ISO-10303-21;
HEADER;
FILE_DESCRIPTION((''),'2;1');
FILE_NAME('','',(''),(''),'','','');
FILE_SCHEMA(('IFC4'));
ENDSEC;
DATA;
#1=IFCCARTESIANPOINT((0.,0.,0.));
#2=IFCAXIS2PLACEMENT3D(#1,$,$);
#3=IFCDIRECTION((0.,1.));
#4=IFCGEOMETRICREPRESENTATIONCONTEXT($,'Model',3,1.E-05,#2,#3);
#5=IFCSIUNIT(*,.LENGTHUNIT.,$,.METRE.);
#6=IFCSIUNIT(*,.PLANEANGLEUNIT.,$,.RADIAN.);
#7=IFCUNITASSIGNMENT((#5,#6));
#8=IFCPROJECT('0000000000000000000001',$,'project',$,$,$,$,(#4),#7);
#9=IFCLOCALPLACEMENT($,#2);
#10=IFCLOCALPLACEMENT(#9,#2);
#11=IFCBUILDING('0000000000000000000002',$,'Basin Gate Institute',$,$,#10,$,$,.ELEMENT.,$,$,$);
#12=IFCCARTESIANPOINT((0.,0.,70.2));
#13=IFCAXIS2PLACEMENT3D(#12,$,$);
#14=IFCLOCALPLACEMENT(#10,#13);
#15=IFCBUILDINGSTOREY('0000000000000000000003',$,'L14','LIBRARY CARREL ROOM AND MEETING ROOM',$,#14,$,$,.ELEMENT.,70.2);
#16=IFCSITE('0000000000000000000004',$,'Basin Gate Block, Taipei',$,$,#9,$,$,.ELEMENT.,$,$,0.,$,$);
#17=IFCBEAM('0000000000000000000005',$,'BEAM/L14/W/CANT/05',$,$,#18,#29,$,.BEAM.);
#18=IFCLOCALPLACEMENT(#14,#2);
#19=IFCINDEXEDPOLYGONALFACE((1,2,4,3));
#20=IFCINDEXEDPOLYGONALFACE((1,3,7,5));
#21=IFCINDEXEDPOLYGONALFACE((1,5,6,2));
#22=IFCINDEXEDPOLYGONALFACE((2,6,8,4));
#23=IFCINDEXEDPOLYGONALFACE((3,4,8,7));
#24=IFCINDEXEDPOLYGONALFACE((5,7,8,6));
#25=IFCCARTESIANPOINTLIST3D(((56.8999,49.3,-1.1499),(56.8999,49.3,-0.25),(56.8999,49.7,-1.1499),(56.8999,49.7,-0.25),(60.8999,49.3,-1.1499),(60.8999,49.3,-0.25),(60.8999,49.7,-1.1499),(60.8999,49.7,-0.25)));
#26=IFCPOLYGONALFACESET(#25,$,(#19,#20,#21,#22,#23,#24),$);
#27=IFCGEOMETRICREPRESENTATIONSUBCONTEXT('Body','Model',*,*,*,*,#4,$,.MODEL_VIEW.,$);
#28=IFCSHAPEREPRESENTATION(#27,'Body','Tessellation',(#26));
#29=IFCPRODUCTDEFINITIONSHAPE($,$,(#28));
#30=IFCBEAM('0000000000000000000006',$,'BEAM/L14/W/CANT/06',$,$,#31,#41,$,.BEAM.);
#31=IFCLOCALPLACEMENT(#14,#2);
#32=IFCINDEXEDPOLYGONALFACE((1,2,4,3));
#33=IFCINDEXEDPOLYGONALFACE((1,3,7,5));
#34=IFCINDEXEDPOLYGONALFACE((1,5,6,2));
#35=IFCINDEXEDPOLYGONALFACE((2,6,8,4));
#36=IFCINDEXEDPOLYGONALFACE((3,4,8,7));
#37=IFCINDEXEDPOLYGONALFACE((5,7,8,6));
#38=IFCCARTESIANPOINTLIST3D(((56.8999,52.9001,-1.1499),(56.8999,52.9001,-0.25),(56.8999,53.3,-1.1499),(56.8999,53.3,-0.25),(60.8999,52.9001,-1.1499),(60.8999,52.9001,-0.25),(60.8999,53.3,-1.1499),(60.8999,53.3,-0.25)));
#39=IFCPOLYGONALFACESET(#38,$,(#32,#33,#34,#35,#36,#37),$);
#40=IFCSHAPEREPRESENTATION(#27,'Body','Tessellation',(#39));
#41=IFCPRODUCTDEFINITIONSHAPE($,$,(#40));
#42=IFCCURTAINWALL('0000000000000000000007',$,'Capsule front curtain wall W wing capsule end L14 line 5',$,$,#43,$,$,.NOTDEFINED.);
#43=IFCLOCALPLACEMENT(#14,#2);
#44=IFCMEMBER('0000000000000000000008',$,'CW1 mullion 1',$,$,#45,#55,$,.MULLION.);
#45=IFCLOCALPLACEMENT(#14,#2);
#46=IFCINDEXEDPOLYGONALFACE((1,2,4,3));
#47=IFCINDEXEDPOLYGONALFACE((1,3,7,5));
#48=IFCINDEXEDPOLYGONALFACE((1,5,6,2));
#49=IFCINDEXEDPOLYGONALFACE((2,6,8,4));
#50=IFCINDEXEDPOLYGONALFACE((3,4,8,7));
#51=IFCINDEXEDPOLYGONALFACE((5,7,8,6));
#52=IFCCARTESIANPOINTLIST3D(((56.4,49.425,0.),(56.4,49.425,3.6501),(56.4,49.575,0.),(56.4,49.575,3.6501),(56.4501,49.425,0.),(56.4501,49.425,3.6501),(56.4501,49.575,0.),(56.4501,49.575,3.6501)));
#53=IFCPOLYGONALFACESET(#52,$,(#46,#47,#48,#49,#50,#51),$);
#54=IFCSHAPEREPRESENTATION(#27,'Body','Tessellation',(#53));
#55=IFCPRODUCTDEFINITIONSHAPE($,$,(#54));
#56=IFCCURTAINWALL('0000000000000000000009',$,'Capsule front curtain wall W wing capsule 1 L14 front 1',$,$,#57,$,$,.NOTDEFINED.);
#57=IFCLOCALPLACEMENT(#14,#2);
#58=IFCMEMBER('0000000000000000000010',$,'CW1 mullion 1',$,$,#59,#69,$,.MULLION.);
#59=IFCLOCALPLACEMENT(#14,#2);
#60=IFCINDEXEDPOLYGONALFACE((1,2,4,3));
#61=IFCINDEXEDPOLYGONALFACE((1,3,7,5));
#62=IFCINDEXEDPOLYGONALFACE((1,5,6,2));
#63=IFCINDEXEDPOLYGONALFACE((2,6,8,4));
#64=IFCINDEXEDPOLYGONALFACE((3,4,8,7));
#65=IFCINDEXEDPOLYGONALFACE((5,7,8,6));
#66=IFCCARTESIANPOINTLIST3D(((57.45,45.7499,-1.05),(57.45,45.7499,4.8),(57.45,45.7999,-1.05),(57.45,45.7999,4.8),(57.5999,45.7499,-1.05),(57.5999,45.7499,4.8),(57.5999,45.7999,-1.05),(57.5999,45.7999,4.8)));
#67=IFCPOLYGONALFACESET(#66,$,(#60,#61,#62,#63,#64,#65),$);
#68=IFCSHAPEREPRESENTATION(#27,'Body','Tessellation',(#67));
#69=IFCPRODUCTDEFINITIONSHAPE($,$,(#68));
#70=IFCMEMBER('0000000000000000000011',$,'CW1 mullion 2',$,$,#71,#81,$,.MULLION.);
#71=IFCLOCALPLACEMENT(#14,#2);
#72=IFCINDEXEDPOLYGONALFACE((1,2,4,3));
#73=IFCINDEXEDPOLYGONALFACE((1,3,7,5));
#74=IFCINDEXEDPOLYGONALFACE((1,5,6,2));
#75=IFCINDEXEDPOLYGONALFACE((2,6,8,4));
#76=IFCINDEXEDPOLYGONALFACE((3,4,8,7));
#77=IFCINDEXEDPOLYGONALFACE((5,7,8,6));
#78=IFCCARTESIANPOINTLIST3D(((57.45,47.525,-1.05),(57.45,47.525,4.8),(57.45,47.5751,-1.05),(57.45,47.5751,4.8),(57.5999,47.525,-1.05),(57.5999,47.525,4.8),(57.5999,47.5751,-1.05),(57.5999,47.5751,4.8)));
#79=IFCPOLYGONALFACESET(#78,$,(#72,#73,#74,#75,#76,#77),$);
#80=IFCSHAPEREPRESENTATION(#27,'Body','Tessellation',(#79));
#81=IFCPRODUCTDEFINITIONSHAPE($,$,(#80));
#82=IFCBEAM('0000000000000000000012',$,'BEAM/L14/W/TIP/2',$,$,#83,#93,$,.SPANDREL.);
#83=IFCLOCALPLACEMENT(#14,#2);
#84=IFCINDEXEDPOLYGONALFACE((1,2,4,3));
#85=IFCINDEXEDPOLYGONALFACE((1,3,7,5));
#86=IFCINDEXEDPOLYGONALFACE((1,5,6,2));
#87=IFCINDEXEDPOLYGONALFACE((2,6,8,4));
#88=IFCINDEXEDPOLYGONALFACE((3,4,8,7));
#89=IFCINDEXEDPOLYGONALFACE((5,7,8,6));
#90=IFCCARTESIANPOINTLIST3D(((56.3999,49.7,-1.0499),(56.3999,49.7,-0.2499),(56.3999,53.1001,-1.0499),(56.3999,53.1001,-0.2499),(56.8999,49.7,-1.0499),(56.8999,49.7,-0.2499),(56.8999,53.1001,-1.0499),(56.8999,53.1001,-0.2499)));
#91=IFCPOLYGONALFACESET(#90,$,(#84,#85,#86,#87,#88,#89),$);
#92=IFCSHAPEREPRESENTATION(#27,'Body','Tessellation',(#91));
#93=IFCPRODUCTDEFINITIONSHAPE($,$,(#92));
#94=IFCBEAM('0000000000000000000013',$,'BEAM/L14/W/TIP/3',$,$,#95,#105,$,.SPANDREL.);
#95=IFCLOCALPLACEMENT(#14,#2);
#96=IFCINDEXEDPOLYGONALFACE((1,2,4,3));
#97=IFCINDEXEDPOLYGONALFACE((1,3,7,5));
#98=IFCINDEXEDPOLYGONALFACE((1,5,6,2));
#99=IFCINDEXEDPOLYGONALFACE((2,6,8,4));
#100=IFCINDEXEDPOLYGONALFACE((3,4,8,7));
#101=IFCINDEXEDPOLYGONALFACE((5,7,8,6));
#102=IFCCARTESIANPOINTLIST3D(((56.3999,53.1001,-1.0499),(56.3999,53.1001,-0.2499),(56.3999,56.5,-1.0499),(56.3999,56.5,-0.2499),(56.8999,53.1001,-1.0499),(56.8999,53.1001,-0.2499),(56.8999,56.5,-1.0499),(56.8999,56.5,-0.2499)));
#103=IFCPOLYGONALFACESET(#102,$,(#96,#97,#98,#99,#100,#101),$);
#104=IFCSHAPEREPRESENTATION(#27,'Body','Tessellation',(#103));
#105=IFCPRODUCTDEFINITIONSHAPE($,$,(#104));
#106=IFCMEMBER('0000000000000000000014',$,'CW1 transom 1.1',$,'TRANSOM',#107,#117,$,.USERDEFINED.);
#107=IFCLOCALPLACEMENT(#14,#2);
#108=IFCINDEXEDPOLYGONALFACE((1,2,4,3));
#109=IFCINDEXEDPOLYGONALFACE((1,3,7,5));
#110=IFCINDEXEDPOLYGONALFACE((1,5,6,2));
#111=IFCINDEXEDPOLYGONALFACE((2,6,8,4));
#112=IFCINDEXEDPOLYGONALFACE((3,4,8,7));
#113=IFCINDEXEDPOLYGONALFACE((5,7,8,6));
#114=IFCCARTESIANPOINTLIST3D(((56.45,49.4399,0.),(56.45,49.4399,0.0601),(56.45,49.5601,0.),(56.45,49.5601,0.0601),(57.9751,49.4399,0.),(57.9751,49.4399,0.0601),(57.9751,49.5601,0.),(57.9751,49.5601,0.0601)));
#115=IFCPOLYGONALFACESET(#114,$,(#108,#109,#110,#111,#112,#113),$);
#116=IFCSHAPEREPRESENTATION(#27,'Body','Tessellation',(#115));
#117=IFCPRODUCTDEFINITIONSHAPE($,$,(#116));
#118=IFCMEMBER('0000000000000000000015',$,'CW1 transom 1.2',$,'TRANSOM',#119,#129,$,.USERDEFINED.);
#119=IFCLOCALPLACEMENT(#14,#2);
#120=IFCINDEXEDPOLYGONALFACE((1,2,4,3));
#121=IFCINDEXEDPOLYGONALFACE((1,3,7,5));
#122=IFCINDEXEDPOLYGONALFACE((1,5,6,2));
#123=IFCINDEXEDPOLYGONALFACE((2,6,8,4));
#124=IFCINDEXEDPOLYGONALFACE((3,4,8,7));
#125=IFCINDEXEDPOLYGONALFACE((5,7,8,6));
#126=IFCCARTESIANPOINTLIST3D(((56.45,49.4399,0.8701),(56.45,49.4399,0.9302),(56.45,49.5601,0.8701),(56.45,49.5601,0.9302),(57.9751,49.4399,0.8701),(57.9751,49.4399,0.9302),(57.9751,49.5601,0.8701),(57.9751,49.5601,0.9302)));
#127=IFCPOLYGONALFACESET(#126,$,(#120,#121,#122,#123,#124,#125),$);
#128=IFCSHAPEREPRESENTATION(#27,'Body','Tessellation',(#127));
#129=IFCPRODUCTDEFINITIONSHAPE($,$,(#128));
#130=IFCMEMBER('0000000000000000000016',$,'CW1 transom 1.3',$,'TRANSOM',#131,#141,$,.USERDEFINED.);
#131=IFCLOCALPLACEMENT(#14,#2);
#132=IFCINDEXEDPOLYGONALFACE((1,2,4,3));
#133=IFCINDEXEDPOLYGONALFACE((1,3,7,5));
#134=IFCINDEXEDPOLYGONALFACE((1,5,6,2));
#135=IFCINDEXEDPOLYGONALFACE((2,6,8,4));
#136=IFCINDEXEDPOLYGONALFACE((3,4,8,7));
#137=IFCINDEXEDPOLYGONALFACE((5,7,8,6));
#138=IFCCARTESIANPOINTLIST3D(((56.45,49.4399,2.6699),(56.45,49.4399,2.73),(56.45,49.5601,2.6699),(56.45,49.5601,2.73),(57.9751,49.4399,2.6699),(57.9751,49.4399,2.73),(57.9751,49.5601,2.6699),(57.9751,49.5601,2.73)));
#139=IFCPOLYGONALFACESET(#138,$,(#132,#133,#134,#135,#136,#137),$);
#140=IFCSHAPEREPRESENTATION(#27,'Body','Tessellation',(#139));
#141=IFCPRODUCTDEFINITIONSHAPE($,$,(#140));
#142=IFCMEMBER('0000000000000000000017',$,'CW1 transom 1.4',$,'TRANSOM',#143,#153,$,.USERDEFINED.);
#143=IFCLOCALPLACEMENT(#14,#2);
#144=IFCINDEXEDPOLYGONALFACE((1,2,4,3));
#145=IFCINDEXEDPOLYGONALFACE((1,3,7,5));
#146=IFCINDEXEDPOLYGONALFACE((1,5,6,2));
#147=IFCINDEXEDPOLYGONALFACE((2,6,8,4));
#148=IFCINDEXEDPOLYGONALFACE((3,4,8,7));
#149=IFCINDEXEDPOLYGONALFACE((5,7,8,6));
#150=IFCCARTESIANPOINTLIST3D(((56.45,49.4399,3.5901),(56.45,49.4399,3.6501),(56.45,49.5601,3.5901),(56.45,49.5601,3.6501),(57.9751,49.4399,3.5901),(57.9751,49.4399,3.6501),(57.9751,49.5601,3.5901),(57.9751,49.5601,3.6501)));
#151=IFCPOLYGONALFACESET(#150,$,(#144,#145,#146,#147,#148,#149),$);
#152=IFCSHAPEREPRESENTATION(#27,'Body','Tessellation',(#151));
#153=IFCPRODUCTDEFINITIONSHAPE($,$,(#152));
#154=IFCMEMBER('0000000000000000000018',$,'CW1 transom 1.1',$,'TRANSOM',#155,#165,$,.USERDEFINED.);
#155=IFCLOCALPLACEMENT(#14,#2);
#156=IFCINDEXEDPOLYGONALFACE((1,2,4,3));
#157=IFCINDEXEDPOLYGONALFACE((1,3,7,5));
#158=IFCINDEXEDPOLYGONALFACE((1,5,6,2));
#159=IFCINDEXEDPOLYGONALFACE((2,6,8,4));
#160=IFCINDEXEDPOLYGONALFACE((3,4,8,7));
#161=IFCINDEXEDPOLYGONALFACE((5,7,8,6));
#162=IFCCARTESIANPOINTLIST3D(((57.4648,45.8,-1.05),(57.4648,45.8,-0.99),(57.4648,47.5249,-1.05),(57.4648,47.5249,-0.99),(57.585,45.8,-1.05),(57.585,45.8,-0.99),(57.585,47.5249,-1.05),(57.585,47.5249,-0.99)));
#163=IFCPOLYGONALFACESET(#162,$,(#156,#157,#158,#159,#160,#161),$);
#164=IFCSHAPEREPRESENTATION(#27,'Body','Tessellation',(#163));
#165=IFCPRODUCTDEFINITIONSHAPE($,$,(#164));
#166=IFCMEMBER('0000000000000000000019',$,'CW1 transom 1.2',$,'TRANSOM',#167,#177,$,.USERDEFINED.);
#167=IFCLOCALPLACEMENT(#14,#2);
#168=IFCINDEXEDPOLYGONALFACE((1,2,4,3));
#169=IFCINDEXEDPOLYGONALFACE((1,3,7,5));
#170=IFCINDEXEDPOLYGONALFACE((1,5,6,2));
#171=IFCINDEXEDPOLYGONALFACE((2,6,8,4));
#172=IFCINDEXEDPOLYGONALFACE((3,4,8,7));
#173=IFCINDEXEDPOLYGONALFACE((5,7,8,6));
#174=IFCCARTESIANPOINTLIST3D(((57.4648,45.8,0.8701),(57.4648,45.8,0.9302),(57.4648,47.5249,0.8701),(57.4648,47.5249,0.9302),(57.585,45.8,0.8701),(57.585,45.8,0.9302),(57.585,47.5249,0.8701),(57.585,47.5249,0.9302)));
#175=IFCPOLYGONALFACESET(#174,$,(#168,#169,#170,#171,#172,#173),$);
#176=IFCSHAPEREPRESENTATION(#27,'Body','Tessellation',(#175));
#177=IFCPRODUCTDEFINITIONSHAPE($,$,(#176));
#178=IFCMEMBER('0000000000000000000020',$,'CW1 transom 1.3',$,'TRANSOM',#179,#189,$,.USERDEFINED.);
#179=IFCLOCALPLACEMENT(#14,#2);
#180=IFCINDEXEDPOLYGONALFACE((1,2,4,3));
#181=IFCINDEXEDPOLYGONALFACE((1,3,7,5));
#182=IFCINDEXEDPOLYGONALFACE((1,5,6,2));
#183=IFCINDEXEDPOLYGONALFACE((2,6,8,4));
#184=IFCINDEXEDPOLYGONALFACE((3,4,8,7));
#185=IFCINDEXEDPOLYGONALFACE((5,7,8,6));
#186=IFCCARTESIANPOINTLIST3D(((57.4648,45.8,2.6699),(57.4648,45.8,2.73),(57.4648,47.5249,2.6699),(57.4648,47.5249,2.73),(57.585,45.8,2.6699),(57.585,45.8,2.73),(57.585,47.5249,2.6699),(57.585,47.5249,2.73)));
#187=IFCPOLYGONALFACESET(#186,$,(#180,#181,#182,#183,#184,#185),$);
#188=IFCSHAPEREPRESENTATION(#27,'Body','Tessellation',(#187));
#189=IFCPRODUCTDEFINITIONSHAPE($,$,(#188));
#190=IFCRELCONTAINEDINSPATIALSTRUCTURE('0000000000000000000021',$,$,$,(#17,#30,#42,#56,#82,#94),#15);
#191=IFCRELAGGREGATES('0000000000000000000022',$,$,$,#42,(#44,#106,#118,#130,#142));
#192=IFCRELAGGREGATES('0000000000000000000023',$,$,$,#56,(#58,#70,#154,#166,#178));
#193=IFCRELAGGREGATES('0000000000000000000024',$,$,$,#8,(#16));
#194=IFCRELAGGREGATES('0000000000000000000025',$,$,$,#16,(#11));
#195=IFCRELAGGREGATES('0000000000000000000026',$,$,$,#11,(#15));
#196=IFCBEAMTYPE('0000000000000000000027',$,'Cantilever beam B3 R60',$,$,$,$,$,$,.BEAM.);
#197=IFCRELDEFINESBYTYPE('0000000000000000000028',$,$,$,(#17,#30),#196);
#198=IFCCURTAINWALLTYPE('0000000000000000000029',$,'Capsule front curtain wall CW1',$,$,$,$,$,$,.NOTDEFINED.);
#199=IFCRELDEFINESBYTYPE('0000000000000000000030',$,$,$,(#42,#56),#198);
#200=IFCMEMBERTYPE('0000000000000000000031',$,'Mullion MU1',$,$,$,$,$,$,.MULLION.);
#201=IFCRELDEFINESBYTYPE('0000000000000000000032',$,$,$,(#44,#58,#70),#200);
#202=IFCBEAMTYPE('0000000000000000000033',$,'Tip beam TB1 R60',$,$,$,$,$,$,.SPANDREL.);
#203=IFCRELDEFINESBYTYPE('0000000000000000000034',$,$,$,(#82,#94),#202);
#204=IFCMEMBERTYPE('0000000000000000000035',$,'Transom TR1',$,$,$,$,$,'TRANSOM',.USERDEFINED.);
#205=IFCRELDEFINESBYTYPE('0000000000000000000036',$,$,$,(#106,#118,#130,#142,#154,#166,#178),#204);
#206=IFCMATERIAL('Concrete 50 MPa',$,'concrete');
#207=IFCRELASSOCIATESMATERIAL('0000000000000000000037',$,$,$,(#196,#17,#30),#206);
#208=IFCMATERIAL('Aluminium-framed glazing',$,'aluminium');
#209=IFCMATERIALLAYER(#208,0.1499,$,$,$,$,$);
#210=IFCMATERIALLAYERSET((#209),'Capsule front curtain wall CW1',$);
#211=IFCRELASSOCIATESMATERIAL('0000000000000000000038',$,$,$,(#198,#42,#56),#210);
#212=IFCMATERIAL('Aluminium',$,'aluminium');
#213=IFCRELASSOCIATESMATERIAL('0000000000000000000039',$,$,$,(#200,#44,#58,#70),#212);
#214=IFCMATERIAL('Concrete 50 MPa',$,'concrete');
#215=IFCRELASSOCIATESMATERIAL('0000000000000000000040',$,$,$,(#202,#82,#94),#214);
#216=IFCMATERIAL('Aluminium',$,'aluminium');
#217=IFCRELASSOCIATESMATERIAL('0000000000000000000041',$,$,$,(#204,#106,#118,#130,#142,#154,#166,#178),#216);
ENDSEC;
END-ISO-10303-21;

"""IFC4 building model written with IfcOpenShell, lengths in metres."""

from ifc_helpers import new_model, si_unit, direction, frame, origin, origin_2d, place, context, subcontext, project, spatial, rectangle, extrude, material, layer, layer_set, material_profile, profile_set, type_object, element, aggregate, save


model = new_model("IFC4")

# Units and contexts
model_context = context("Model", 3, precision=1e-05, world=origin(), true_north=direction((0.0, 1.0)))
body_context = subcontext(model_context, "Body", "Model", "MODEL_VIEW")
ifc_project = project(units=[si_unit("LENGTHUNIT", "METRE"), si_unit("PLANEANGLEUNIT", "RADIAN")], contexts=[model_context])

# Site, building, storey
site_placement = place(None, origin())
site = spatial("IfcSite", under=ifc_project, at=site_placement, Name="Basin Gate Block, Taipei", CompositionType="ELEMENT", RefElevation=0.0)
building_placement = place(site_placement, origin())
building = spatial("IfcBuilding", under=site, at=building_placement, Name="Basin Gate Institute", CompositionType="ELEMENT")
storey_placement = place(building_placement, frame((0.0, 0.0, 70.2)))
storey = spatial("IfcBuildingStorey", under=building, at=storey_placement, Name="L14", Description="LIBRARY CARREL ROOM AND MEETING ROOM", CompositionType="ELEMENT", Elevation=70.2)

# Beams
ifc_material_1 = material(Name="Concrete 50 MPa", Category="concrete")
ifc_material_profile_1 = material_profile(ifc_material_1, rectangle(XDim=0.3999, YDim=0.8999, at=origin_2d()), Name="Cantilever beam B3 400 x 900")
ifc_profile_set_1 = profile_set([ifc_material_profile_1], Name="Concrete 50 MPa")
beam_type_1 = type_object("IfcBeamType", Name="Cantilever beam B3 R60", PredefinedType="BEAM", material=ifc_profile_set_1)
for number, where, z_axis, x_axis, name in (
    (1, (56.8999, 49.5, -0.7), (1.0, 0.0, 0.0), (0.0, 1.0, 0.0), "BEAM/L14/W/CANT/05"),
    (2, (56.8999, 53.1001, -0.7), (1.0, 0.0, 0.0), (0.0, 1.0, 0.0), "BEAM/L14/W/CANT/06"),
):
    element("IfcBeam", number, at=place(storey_placement, frame(where, z_axis=z_axis, x_axis=x_axis)), inside=storey, type_object=beam_type_1, material=ifc_profile_set_1, Name=name, PredefinedType="BEAM", context=body_context, shape_type="SweptSolid", body=[
        extrude(rectangle(XDim=0.3999, YDim=0.8999, at=origin_2d()), origin(), (0.0, 0.0, 1.0), 4.0),
    ])

# Curtain wall, member
ifc_material_2 = material(Name="Aluminium-framed glazing", Category="aluminium")
ifc_layer_1 = layer(ifc_material_2, 0.1499)
ifc_layer_set_1 = layer_set([ifc_layer_1], Name="Capsule front curtain wall CW1")
curtain_wall_type = type_object("IfcCurtainWallType", Name="Capsule front curtain wall CW1", PredefinedType="NOTDEFINED", material=ifc_layer_set_1)
curtain_wall_1_placement = place(storey_placement, origin())
curtain_wall_1 = element("IfcCurtainWall", 3, at=curtain_wall_1_placement, inside=storey, type_object=curtain_wall_type, material=ifc_layer_set_1, Name="Capsule front curtain wall W wing capsule end L14 line 5", PredefinedType="NOTDEFINED")
ifc_material_3 = material(Name="Aluminium", Category="aluminium")
ifc_material_profile_2 = material_profile(ifc_material_3, rectangle(XDim=0.1499, YDim=0.05, at=origin_2d()), Name="Mullion MU1 150 x 50")
ifc_profile_set_2 = profile_set([ifc_material_profile_2], Name="Aluminium")
member_type_1 = type_object("IfcMemberType", Name="Mullion MU1", PredefinedType="MULLION", material=ifc_profile_set_2)
member_1_placement = place(storey_placement, frame((56.425, 49.5, 0.0), z_axis=(0.0, 0.0, 1.0), x_axis=(0.0, 1.0, 0.0)))
member_1 = element("IfcMember", 4, at=member_1_placement, type_object=member_type_1, material=ifc_profile_set_2, Name="CW1 mullion 1", PredefinedType="MULLION", context=body_context, shape_type="SweptSolid", body=[
    extrude(rectangle(XDim=0.1499, YDim=0.05, at=origin_2d()), origin(), (0.0, 0.0, 1.0), 3.6501),
])

# Curtain wall, members
curtain_wall_2_placement = place(storey_placement, origin())
curtain_wall_2 = element("IfcCurtainWall", 5, at=curtain_wall_2_placement, inside=storey, type_object=curtain_wall_type, material=ifc_layer_set_1, Name="Capsule front curtain wall W wing capsule 1 L14 front 1", PredefinedType="NOTDEFINED")
member_2_placement = place(storey_placement, frame((57.5249, 45.7749, -1.05), z_axis=(0.0, 0.0, 1.0), x_axis=(-1.0, 0.0, 0.0)))
member_2 = element("IfcMember", 6, at=member_2_placement, type_object=member_type_1, material=ifc_profile_set_2, Name="CW1 mullion 1", PredefinedType="MULLION", context=body_context, shape_type="SweptSolid", body=[
    extrude(rectangle(XDim=0.1499, YDim=0.05, at=origin_2d()), origin(), (0.0, 0.0, 1.0), 5.8501),
])
member_3_placement = place(storey_placement, frame((57.5249, 47.55, -1.05), z_axis=(0.0, 0.0, 1.0), x_axis=(-1.0, 0.0, 0.0)))
member_3 = element("IfcMember", 7, at=member_3_placement, type_object=member_type_1, material=ifc_profile_set_2, Name="CW1 mullion 2", PredefinedType="MULLION", context=body_context, shape_type="SweptSolid", body=[
    extrude(rectangle(XDim=0.1499, YDim=0.05, at=origin_2d()), origin(), (0.0, 0.0, 1.0), 5.8501),
])

# Beams
ifc_material_4 = material(Name="Concrete 50 MPa", Category="concrete")
ifc_material_profile_3 = material_profile(ifc_material_4, rectangle(XDim=0.5, YDim=0.8, at=origin_2d()), Name="Tip beam TB1 500 x 800")
ifc_profile_set_3 = profile_set([ifc_material_profile_3], Name="Concrete 50 MPa")
beam_type_2 = type_object("IfcBeamType", Name="Tip beam TB1 R60", PredefinedType="SPANDREL", material=ifc_profile_set_3)
beam_1_placement = place(storey_placement, frame((56.6499, 49.7, -0.6499), z_axis=(0.0, 1.0, 0.0), x_axis=(-1.0, 0.0, 0.0)))
element("IfcBeam", 8, at=beam_1_placement, inside=storey, type_object=beam_type_2, material=ifc_profile_set_3, Name="BEAM/L14/W/TIP/2", PredefinedType="SPANDREL", context=body_context, shape_type="SweptSolid", body=[
    extrude(rectangle(XDim=0.5, YDim=0.8, at=origin_2d()), origin(), (0.0, 0.0, 1.0), 3.4001),
])
beam_2_placement = place(storey_placement, frame((56.6499, 53.1001, -0.6499), z_axis=(0.0, 1.0, 0.0), x_axis=(-1.0, 0.0, 0.0)))
element("IfcBeam", 9, at=beam_2_placement, inside=storey, type_object=beam_type_2, material=ifc_profile_set_3, Name="BEAM/L14/W/TIP/3", PredefinedType="SPANDREL", context=body_context, shape_type="SweptSolid", body=[
    extrude(rectangle(XDim=0.5, YDim=0.8, at=origin_2d()), origin(), (0.0, 0.0, 1.0), 3.3999),
])

# Members
ifc_material_5 = material(Name="Aluminium", Category="aluminium")
ifc_material_profile_4 = material_profile(ifc_material_5, rectangle(XDim=0.1201, YDim=0.0601, at=origin_2d()), Name="Transom TR1 120 x 60")
ifc_profile_set_4 = profile_set([ifc_material_profile_4], Name="Aluminium")
member_type_2 = type_object("IfcMemberType", Name="Transom TR1", ElementType="TRANSOM", PredefinedType="USERDEFINED", material=ifc_profile_set_4)
member_4_placement = place(storey_placement, frame((56.45, 49.5, 0.03), z_axis=(1.0, 0.0, 0.0), x_axis=(0.0, 1.0, 0.0)))
member_4 = element("IfcMember", 10, at=member_4_placement, type_object=member_type_2, material=ifc_profile_set_4, Name="CW1 transom 1.1", ObjectType="TRANSOM", PredefinedType="USERDEFINED", context=body_context, shape_type="SweptSolid", body=[
    extrude(rectangle(XDim=0.1201, YDim=0.0601, at=origin_2d()), origin(), (0.0, 0.0, 1.0), 1.5251),
])
member_5_placement = place(storey_placement, frame((56.45, 49.5, 0.9001), z_axis=(1.0, 0.0, 0.0), x_axis=(0.0, 1.0, 0.0)))
member_5 = element("IfcMember", 11, at=member_5_placement, type_object=member_type_2, material=ifc_profile_set_4, Name="CW1 transom 1.2", ObjectType="TRANSOM", PredefinedType="USERDEFINED", context=body_context, shape_type="SweptSolid", body=[
    extrude(rectangle(XDim=0.1201, YDim=0.0601, at=origin_2d()), origin(), (0.0, 0.0, 1.0), 1.5251),
])
member_6_placement = place(storey_placement, frame((56.45, 49.5, 2.7), z_axis=(1.0, 0.0, 0.0), x_axis=(0.0, 1.0, 0.0)))
member_6 = element("IfcMember", 12, at=member_6_placement, type_object=member_type_2, material=ifc_profile_set_4, Name="CW1 transom 1.3", ObjectType="TRANSOM", PredefinedType="USERDEFINED", context=body_context, shape_type="SweptSolid", body=[
    extrude(rectangle(XDim=0.1201, YDim=0.0601, at=origin_2d()), origin(), (0.0, 0.0, 1.0), 1.5251),
])
member_7_placement = place(storey_placement, frame((56.45, 49.5, 3.6201), z_axis=(1.0, 0.0, 0.0), x_axis=(0.0, 1.0, 0.0)))
member_7 = element("IfcMember", 13, at=member_7_placement, type_object=member_type_2, material=ifc_profile_set_4, Name="CW1 transom 1.4", ObjectType="TRANSOM", PredefinedType="USERDEFINED", context=body_context, shape_type="SweptSolid", body=[
    extrude(rectangle(XDim=0.1201, YDim=0.0601, at=origin_2d()), origin(), (0.0, 0.0, 1.0), 1.5251),
])
member_8_placement = place(storey_placement, frame((57.5249, 45.8, -1.02), z_axis=(0.0, 1.0, 0.0), x_axis=(-1.0, 0.0, 0.0)))
member_8 = element("IfcMember", 14, at=member_8_placement, type_object=member_type_2, material=ifc_profile_set_4, Name="CW1 transom 1.1", ObjectType="TRANSOM", PredefinedType="USERDEFINED", context=body_context, shape_type="SweptSolid", body=[
    extrude(rectangle(XDim=0.1201, YDim=0.0601, at=origin_2d()), origin(), (0.0, 0.0, 1.0), 1.7249),
])
member_9_placement = place(storey_placement, frame((57.5249, 45.8, 0.9001), z_axis=(0.0, 1.0, 0.0), x_axis=(-1.0, 0.0, 0.0)))
member_9 = element("IfcMember", 15, at=member_9_placement, type_object=member_type_2, material=ifc_profile_set_4, Name="CW1 transom 1.2", ObjectType="TRANSOM", PredefinedType="USERDEFINED", context=body_context, shape_type="SweptSolid", body=[
    extrude(rectangle(XDim=0.1201, YDim=0.0601, at=origin_2d()), origin(), (0.0, 0.0, 1.0), 1.7249),
])
member_10_placement = place(storey_placement, frame((57.5249, 45.8, 2.7), z_axis=(0.0, 1.0, 0.0), x_axis=(-1.0, 0.0, 0.0)))
member_10 = element("IfcMember", 16, at=member_10_placement, type_object=member_type_2, material=ifc_profile_set_4, Name="CW1 transom 1.3", ObjectType="TRANSOM", PredefinedType="USERDEFINED", context=body_context, shape_type="SweptSolid", body=[
    extrude(rectangle(XDim=0.1201, YDim=0.0601, at=origin_2d()), origin(), (0.0, 0.0, 1.0), 1.7249),
])

aggregate(curtain_wall_1, [member_1, member_4, member_5, member_6, member_7])
aggregate(curtain_wall_2, [member_2, member_3, member_8, member_9, member_10])

save(model, "model.ifc")
